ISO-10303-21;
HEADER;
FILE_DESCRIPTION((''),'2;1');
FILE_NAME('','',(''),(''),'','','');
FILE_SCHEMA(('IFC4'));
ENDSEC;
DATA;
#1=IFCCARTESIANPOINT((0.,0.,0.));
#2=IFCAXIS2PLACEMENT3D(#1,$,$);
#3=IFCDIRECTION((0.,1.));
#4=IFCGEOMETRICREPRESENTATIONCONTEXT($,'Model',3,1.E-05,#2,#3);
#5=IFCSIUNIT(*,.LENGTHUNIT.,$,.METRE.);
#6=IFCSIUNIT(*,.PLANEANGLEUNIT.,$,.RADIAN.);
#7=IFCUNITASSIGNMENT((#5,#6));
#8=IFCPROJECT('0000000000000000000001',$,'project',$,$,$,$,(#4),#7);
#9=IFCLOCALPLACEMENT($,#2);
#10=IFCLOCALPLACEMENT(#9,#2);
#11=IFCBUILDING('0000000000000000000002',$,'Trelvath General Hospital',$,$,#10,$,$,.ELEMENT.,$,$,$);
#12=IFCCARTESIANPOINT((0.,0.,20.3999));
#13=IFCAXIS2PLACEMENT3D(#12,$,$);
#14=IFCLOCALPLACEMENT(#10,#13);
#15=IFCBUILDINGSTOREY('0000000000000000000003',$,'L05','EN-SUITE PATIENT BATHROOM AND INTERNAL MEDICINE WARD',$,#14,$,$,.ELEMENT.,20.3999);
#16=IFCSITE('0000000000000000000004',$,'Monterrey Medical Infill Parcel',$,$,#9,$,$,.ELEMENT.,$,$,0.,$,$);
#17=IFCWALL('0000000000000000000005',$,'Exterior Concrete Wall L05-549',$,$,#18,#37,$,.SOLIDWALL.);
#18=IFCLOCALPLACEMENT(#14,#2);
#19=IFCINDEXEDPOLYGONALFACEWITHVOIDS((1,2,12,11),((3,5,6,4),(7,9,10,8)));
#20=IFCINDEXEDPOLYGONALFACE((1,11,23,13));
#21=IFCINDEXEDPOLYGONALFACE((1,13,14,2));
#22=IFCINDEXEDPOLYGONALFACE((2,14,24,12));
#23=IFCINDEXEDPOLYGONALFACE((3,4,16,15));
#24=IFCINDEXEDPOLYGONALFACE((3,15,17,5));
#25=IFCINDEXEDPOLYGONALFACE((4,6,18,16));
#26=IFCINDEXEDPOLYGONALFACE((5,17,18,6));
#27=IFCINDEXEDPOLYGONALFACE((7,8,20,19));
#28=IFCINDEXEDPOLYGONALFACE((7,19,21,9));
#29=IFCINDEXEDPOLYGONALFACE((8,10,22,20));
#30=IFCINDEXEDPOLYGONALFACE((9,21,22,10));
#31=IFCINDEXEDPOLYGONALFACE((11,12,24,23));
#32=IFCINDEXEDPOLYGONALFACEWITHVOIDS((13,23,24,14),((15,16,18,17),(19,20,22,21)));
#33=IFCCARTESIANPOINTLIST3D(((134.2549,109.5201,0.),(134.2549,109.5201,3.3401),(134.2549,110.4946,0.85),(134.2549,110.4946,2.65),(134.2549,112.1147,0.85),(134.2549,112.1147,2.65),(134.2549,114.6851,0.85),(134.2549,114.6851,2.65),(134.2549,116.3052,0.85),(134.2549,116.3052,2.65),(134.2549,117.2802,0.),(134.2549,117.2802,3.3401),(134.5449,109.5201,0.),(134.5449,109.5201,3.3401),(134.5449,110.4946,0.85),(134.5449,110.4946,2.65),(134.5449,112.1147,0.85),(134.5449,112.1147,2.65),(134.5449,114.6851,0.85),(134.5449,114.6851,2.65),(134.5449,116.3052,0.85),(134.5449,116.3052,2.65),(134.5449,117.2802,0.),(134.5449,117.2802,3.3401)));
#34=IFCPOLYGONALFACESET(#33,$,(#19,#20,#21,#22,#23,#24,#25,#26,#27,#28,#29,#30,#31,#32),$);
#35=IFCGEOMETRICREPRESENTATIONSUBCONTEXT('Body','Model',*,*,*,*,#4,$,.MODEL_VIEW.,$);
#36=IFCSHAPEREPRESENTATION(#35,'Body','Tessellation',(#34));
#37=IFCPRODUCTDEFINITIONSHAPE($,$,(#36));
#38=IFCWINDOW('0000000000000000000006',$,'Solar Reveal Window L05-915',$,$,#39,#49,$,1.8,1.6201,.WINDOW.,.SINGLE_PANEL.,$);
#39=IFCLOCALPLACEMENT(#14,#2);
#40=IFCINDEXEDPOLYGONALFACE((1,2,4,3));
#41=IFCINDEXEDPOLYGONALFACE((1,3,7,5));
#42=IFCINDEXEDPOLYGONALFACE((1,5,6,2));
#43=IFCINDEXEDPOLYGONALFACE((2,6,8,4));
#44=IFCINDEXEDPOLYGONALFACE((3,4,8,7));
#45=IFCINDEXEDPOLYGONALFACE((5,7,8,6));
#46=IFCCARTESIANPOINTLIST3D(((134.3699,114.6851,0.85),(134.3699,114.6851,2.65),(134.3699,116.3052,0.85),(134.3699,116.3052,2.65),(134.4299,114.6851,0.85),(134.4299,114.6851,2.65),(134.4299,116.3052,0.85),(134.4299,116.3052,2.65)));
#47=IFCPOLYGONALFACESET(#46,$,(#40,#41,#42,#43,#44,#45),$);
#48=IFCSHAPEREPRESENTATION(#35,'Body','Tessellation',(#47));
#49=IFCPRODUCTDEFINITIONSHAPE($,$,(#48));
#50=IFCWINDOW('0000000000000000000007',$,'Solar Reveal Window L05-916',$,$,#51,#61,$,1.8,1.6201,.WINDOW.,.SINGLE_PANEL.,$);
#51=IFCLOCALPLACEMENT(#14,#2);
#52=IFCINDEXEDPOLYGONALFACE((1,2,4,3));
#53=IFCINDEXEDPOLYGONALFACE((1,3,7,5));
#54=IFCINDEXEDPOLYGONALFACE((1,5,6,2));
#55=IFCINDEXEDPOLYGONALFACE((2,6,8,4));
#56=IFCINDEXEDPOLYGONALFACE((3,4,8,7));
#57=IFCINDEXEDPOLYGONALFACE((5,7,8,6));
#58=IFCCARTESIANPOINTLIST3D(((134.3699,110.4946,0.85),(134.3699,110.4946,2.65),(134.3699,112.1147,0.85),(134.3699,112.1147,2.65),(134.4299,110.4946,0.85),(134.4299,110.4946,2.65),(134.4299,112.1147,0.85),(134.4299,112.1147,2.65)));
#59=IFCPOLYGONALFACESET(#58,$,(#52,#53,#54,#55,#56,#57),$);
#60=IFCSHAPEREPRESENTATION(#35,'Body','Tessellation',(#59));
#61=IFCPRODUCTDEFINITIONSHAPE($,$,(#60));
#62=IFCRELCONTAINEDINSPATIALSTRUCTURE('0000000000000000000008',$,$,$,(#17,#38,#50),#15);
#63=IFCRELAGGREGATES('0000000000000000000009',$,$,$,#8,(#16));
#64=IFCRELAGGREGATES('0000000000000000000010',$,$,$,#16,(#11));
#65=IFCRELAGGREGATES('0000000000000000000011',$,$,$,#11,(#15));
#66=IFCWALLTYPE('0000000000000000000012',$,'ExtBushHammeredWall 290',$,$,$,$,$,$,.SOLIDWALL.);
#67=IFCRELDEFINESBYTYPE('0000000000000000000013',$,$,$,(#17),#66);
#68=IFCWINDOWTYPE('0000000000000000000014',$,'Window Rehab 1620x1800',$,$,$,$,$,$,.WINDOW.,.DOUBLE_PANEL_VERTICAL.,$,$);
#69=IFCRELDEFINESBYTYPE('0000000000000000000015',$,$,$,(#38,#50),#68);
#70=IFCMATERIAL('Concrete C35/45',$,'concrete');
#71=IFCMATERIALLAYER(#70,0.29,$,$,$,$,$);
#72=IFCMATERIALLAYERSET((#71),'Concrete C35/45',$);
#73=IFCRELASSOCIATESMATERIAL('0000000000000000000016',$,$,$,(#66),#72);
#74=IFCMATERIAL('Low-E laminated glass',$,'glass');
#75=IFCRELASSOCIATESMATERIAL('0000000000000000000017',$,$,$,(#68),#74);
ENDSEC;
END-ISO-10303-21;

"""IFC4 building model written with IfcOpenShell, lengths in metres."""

from ifc_helpers import new_model, si_unit, direction, frame, frame_2d, origin, place, context, subcontext, project, spatial, rectangle, extrude, material, layer, layer_set, type_object, element, fill, save


model = new_model("IFC4")

# Units and contexts
model_context = context("Model", 3, precision=1e-05, world=origin(), true_north=direction((0.0, 1.0)))
body_context = subcontext(model_context, "Body", "Model", "MODEL_VIEW")
ifc_project = project(units=[si_unit("LENGTHUNIT", "METRE"), si_unit("PLANEANGLEUNIT", "RADIAN")], contexts=[model_context])

# Site, building, storey
site_placement = place(None, origin())
site = spatial("IfcSite", under=ifc_project, at=site_placement, Name="Monterrey Medical Infill Parcel", CompositionType="ELEMENT", RefElevation=0.0)
building_placement = place(site_placement, origin())
building = spatial("IfcBuilding", under=site, at=building_placement, Name="Trelvath General Hospital", CompositionType="ELEMENT")
storey_placement = place(building_placement, frame((0.0, 0.0, 20.3999)))
storey = spatial("IfcBuildingStorey", under=building, at=storey_placement, Name="L05", Description="EN-SUITE PATIENT BATHROOM AND INTERNAL MEDICINE WARD", CompositionType="ELEMENT", Elevation=20.3999)

# Wall, openings, windows
ifc_material_1 = material(Name="Concrete C35/45", Category="concrete")
ifc_layer_1 = layer(ifc_material_1, 0.29)
ifc_layer_set_1 = layer_set([ifc_layer_1], Name="Concrete C35/45")
wall_type_1 = type_object("IfcWallType", Name="ExtBushHammeredWall 290", PredefinedType="SOLIDWALL", material=ifc_layer_set_1)
wall_1_placement = place(storey_placement, frame((134.3999, 117.28, 0.0), z_axis=(0.0, 0.0, 1.0), x_axis=(0.0, -1.0, 0.0)))
wall_1 = element("IfcWall", 1, at=wall_1_placement, inside=storey, type_object=wall_type_1, Name="Exterior Concrete Wall L05-549", PredefinedType="SOLIDWALL", context=body_context, shape_type="SweptSolid", body=[
    extrude(rectangle(XDim=7.76, YDim=0.29, at=frame_2d((3.8799, 0.0))), origin(), (0.0, 0.0, 1.0), 3.3401),
])
opening_1_placement = place(wall_1_placement, frame((0.9749, 0.0, 0.8501)))
opening_1 = element("IfcOpeningElement", 2, at=opening_1_placement, cuts=wall_1, PredefinedType="OPENING", context=body_context, shape_type="SweptSolid", body=[
    extrude(rectangle(XDim=1.6201, YDim=1.8, at=frame_2d((0.8101, 0.8999))), frame((0.0, 0.155, 0.0), z_axis=(0.0, -1.0, 0.0), x_axis=(1.0, 0.0, 0.0)), (0.0, 0.0, 1.0), 0.3101),
])
opening_2_placement = place(wall_1_placement, frame((5.1653, 0.0, 0.8501)))
opening_2 = element("IfcOpeningElement", 3, at=opening_2_placement, cuts=wall_1, PredefinedType="OPENING", context=body_context, shape_type="SweptSolid", body=[
    extrude(rectangle(XDim=1.6201, YDim=1.8, at=frame_2d((0.8101, 0.8999))), frame((0.0, 0.155, 0.0), z_axis=(0.0, -1.0, 0.0), x_axis=(1.0, 0.0, 0.0)), (0.0, 0.0, 1.0), 0.3101),
])
ifc_material_2 = material(Name="Low-E laminated glass", Category="glass")
window_type_1 = type_object("IfcWindowType", Name="Window Rehab 1620x1800", PartitioningType="DOUBLE_PANEL_VERTICAL", PredefinedType="WINDOW", material=ifc_material_2)
window_1_placement = place(opening_1_placement, origin())
window_1 = element("IfcWindow", 4, at=window_1_placement, inside=storey, type_object=window_type_1, Name="Solar Reveal Window L05-915", OverallHeight=1.8, OverallWidth=1.6201, PartitioningType="SINGLE_PANEL", PredefinedType="WINDOW", context=body_context, shape_type="SweptSolid", body=[
    extrude(rectangle(XDim=1.6201, YDim=1.8, at=frame_2d((0.8101, 0.8999))), frame((0.0, 0.03, 0.0), z_axis=(0.0, -1.0, 0.0), x_axis=(1.0, 0.0, 0.0)), (0.0, 0.0, 1.0), 0.0601),
])
fill(opening_1, window_1)
window_2_placement = place(opening_2_placement, origin())
window_2 = element("IfcWindow", 5, at=window_2_placement, inside=storey, type_object=window_type_1, Name="Solar Reveal Window L05-916", OverallHeight=1.8, OverallWidth=1.6201, PartitioningType="SINGLE_PANEL", PredefinedType="WINDOW", context=body_context, shape_type="SweptSolid", body=[
    extrude(rectangle(XDim=1.6201, YDim=1.8, at=frame_2d((0.8101, 0.8999))), frame((0.0, 0.03, 0.0), z_axis=(0.0, -1.0, 0.0), x_axis=(1.0, 0.0, 0.0)), (0.0, 0.0, 1.0), 0.0601),
])
fill(opening_2, window_2)

save(model, "model.ifc")
